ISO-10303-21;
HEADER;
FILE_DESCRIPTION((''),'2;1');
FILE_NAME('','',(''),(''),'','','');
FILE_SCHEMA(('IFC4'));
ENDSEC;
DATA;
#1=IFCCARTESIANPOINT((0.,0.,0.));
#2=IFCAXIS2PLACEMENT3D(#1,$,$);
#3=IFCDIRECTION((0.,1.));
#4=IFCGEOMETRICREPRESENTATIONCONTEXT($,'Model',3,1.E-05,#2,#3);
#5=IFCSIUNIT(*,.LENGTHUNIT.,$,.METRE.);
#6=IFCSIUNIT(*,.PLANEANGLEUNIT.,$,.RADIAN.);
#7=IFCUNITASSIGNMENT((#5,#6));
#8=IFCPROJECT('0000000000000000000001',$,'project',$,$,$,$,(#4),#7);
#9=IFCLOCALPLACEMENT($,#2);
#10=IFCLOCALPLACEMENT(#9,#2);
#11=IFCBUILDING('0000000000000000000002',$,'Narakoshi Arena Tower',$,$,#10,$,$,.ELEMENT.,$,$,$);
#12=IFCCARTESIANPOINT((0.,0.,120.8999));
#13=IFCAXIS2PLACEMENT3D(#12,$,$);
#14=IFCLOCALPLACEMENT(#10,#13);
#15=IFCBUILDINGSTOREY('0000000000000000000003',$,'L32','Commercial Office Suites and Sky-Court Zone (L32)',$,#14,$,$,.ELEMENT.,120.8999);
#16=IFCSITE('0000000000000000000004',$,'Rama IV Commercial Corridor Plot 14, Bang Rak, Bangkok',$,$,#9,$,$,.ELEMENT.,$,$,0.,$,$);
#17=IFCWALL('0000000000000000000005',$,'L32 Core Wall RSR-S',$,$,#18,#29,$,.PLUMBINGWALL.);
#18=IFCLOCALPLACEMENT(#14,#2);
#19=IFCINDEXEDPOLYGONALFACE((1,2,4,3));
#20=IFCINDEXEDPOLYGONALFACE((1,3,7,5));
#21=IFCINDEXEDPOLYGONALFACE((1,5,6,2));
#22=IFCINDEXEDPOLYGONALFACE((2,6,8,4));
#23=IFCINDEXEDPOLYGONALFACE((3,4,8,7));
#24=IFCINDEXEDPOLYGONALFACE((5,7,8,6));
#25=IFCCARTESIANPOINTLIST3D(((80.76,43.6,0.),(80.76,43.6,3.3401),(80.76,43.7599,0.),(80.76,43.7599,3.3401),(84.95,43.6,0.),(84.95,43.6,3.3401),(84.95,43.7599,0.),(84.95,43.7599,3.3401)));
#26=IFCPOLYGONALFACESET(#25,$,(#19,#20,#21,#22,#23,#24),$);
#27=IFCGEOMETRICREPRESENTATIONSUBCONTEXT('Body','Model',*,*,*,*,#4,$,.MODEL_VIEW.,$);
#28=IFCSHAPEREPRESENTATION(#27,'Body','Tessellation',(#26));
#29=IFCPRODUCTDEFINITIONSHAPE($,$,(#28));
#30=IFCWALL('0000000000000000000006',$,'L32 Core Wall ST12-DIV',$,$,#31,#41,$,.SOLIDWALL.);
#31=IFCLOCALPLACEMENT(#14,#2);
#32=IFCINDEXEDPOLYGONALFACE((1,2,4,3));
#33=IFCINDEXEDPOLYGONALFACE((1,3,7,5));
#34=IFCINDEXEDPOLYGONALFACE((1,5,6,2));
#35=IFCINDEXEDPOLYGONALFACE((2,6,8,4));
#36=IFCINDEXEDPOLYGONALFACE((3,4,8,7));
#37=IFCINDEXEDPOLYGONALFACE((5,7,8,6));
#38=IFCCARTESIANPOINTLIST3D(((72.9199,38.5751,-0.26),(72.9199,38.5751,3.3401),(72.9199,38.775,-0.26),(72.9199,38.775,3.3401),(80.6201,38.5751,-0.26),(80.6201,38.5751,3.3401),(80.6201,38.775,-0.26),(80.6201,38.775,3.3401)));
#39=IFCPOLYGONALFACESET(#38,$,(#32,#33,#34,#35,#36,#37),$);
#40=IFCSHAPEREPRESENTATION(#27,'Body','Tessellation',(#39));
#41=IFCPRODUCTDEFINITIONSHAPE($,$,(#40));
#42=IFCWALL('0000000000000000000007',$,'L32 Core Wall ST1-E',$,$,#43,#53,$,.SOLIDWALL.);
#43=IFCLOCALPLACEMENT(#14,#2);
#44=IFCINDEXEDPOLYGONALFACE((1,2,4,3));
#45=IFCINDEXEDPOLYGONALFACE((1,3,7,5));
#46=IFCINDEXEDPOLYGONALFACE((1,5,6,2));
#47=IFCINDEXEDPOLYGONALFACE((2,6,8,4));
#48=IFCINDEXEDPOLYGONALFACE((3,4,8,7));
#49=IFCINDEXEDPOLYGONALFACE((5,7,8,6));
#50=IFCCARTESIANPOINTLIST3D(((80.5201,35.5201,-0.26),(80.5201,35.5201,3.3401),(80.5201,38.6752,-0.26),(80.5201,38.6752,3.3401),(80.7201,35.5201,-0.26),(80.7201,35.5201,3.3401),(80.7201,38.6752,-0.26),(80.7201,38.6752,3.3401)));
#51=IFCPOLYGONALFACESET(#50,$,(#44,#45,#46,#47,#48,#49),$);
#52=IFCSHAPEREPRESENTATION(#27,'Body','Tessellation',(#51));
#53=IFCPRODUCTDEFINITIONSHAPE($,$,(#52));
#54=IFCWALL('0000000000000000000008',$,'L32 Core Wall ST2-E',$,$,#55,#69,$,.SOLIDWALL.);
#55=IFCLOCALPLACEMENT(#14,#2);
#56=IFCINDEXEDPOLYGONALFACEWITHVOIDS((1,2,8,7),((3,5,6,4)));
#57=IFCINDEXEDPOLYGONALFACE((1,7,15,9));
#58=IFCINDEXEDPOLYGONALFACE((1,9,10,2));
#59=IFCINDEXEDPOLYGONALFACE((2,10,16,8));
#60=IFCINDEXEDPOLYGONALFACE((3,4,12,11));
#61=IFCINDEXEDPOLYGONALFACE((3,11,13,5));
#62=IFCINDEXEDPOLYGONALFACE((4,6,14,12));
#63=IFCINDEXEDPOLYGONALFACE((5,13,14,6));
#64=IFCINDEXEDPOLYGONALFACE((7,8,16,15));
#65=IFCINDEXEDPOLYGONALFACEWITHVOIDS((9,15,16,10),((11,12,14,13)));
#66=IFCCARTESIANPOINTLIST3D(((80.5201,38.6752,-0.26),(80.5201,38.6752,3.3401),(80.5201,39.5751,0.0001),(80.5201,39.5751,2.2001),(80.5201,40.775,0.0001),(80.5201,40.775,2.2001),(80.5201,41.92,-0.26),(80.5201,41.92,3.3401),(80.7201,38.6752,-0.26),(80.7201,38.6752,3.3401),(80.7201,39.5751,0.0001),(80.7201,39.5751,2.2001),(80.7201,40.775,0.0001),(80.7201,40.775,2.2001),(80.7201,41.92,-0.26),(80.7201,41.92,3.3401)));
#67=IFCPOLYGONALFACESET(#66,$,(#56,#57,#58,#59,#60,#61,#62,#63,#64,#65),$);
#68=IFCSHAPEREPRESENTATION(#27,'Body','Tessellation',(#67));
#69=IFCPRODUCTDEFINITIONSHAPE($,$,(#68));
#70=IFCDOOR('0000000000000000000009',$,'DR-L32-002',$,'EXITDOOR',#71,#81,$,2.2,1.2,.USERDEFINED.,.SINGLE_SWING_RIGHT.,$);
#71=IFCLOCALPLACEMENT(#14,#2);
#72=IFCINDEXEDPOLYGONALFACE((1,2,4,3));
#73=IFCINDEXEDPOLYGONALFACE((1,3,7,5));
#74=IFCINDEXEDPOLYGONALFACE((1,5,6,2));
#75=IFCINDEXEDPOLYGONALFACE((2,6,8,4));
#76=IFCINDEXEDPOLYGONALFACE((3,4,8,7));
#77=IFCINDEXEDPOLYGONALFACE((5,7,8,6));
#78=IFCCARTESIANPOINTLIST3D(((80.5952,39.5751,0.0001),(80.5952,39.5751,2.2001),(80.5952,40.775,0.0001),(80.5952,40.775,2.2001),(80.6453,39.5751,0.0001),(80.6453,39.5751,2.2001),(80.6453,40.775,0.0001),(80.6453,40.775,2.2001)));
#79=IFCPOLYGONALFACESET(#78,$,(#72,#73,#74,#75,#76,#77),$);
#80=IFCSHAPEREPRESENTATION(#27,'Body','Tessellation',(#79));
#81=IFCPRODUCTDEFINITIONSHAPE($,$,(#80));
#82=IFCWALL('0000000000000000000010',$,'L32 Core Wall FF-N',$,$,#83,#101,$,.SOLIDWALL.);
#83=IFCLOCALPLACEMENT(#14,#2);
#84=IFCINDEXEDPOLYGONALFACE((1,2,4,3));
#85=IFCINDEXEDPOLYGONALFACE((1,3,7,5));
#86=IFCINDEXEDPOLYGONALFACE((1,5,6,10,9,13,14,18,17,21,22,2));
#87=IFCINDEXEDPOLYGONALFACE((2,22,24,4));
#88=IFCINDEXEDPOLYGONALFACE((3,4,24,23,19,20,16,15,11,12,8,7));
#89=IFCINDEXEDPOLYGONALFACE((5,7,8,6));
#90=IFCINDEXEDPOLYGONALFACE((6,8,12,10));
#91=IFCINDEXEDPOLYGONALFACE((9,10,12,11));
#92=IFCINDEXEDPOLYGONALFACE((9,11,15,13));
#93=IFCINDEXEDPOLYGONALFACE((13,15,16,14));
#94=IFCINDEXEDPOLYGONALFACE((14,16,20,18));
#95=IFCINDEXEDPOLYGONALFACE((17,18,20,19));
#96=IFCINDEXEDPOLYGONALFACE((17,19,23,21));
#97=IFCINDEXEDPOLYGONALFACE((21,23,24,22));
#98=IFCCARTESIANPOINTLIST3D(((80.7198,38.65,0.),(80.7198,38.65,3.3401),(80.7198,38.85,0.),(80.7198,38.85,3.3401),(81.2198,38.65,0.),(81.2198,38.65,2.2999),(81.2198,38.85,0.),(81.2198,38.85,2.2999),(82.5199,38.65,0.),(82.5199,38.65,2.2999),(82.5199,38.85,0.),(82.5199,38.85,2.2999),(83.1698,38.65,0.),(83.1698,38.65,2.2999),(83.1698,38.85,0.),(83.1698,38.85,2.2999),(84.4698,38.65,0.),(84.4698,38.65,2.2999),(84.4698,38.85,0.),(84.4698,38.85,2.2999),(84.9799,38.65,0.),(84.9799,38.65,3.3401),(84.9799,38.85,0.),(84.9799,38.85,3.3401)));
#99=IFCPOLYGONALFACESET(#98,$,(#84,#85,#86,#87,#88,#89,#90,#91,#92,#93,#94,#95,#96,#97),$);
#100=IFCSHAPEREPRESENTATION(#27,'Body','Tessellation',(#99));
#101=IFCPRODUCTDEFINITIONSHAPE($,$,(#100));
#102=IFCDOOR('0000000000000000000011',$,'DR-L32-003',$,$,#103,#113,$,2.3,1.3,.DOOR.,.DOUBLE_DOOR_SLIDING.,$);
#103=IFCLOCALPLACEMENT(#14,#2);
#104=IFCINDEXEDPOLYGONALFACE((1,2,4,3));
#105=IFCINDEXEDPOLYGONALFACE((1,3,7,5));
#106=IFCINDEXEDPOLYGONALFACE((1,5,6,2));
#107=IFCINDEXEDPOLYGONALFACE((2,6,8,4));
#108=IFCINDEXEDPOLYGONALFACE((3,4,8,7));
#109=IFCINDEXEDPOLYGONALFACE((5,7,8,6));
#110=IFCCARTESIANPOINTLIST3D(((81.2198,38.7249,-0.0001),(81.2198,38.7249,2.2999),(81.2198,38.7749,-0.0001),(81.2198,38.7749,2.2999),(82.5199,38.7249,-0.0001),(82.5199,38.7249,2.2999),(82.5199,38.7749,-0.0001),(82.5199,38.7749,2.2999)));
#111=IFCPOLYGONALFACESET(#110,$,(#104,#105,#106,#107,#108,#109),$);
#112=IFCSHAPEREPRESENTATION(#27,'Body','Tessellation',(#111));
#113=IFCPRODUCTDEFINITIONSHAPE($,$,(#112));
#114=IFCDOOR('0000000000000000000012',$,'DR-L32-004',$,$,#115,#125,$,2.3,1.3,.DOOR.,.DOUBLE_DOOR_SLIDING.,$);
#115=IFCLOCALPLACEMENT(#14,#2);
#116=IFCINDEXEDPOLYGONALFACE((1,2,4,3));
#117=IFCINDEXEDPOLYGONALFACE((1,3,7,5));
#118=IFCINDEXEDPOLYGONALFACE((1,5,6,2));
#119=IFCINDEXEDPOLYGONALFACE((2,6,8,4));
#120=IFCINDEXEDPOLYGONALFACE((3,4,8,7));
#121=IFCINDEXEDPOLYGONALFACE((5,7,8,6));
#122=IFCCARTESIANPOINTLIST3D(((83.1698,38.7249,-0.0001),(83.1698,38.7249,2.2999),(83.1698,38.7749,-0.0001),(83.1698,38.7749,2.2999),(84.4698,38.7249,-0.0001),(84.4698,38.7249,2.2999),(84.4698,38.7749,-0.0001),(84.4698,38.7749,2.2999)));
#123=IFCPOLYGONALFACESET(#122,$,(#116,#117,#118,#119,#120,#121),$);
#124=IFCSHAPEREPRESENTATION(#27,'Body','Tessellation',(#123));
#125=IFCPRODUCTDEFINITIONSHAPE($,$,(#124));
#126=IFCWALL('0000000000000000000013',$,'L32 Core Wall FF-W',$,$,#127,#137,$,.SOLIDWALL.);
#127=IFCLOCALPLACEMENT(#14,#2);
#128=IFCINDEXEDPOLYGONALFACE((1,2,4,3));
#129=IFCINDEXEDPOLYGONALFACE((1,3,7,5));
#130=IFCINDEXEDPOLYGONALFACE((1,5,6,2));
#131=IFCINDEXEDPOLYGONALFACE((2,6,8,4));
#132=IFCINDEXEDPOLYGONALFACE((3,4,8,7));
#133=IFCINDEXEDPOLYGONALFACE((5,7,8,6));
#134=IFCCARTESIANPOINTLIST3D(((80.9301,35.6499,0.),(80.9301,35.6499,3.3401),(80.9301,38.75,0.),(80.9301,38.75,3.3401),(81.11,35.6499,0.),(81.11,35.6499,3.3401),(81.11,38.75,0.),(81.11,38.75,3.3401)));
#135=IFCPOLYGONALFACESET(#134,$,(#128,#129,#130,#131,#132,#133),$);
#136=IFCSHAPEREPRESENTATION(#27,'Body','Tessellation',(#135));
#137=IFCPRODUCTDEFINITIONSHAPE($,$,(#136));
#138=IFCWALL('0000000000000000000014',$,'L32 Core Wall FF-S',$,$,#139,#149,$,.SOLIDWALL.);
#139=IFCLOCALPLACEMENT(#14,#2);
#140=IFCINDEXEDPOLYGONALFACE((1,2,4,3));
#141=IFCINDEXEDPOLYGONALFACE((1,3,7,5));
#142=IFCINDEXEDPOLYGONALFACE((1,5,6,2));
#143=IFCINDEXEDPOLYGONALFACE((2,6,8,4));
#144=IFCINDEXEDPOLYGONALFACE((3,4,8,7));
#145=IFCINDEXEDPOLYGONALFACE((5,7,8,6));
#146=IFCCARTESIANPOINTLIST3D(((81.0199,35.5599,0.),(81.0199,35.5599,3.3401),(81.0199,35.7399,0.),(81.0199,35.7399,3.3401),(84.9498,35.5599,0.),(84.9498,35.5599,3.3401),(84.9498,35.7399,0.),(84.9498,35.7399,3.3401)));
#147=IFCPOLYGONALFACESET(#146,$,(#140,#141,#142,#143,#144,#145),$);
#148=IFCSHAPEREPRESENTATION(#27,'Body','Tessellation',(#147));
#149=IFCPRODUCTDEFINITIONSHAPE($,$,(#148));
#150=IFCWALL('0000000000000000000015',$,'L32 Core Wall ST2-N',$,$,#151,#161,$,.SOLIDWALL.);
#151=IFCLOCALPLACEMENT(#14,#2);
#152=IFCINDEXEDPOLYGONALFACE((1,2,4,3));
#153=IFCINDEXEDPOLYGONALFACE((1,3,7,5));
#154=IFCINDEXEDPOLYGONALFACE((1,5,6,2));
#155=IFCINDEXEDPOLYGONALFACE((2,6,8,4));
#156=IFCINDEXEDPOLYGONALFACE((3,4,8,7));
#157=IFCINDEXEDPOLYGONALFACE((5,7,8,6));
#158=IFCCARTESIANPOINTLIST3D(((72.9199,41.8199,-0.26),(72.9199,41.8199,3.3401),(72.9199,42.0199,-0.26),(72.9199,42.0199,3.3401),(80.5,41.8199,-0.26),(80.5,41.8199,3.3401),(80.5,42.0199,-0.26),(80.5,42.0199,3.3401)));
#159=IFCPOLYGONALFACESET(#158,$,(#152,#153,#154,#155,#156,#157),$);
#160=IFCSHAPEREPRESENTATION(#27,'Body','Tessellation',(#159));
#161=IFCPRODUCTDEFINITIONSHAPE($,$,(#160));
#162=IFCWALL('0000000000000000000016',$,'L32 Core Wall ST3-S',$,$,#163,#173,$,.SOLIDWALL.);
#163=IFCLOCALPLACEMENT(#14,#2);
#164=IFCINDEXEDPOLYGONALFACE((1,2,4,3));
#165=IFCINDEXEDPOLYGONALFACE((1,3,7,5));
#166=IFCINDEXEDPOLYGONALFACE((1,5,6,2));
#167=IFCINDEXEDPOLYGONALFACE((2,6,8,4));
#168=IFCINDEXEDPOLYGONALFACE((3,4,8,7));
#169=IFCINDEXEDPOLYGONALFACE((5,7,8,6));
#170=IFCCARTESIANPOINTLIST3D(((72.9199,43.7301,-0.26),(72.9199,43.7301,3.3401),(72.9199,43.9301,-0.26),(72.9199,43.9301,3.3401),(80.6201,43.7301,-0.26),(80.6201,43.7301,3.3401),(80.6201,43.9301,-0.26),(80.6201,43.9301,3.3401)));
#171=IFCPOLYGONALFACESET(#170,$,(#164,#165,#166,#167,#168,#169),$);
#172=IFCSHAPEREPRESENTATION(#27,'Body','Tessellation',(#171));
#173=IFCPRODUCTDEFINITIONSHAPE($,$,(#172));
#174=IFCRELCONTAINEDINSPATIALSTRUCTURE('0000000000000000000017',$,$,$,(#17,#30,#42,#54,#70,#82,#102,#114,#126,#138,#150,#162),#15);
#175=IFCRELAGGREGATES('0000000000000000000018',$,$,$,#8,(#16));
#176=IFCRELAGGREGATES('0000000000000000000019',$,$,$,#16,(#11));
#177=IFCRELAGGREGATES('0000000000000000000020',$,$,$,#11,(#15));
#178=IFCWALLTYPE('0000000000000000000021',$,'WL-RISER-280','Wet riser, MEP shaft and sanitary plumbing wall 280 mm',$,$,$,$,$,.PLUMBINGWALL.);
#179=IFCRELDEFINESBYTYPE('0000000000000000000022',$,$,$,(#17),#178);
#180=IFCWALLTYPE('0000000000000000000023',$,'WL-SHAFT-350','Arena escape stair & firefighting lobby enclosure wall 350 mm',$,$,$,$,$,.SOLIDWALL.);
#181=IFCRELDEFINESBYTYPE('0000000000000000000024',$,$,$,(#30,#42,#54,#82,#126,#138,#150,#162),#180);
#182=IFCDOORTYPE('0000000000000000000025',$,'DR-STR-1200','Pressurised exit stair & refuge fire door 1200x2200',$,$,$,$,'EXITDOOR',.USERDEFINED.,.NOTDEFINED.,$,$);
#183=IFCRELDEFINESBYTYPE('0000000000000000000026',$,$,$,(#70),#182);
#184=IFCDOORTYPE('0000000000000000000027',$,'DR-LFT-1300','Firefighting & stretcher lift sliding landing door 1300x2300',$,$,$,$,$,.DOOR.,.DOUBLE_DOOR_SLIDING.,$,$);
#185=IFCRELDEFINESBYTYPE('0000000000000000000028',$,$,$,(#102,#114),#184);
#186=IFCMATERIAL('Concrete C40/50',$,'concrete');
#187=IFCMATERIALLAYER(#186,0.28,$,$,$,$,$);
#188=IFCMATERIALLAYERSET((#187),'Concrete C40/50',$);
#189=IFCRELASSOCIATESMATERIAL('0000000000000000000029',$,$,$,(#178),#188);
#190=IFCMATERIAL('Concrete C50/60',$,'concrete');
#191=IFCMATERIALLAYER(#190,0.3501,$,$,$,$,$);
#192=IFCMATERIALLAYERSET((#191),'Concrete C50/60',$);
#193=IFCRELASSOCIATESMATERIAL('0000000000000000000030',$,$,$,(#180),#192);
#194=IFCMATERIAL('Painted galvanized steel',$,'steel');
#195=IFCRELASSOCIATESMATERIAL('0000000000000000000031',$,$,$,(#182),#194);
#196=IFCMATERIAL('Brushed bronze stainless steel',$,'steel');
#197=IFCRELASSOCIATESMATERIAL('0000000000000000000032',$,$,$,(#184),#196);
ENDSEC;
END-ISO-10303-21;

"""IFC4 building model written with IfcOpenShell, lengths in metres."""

from ifc_helpers import new_model, si_unit, direction, frame, frame_2d, origin, place, context, subcontext, project, spatial, rectangle, extrude, material, layer, layer_set, type_object, element, fill, save


model = new_model("IFC4")

# Units and contexts
model_context = context("Model", 3, precision=1e-05, world=origin(), true_north=direction((0.0, 1.0)))
body_context = subcontext(model_context, "Body", "Model", "MODEL_VIEW")
ifc_project = project(units=[si_unit("LENGTHUNIT", "METRE"), si_unit("PLANEANGLEUNIT", "RADIAN")], contexts=[model_context])

# Site, building, storey
site_placement = place(None, origin())
site = spatial("IfcSite", under=ifc_project, at=site_placement, Name="Rama IV Commercial Corridor Plot 14, Bang Rak, Bangkok", CompositionType="ELEMENT", RefElevation=0.0)
building_placement = place(site_placement, origin())
building = spatial("IfcBuilding", under=site, at=building_placement, Name="Narakoshi Arena Tower", CompositionType="ELEMENT")
storey_placement = place(building_placement, frame((0.0, 0.0, 120.8999)))
storey = spatial("IfcBuildingStorey", under=building, at=storey_placement, Name="L32", Description="Commercial Office Suites and Sky-Court Zone (L32)", CompositionType="ELEMENT", Elevation=120.8999)

# Walls
ifc_material_1 = material(Name="Concrete C40/50", Category="concrete")
ifc_layer_1 = layer(ifc_material_1, 0.28)
ifc_layer_set_1 = layer_set([ifc_layer_1], Name="Concrete C40/50")
wall_type_1 = type_object("IfcWallType", Name="WL-RISER-280", Description="Wet riser, MEP shaft and sanitary plumbing wall 280 mm", PredefinedType="PLUMBINGWALL", material=ifc_layer_set_1)
wall_1_placement = place(storey_placement, frame((80.76, 43.6799, 0.0), z_axis=(0.0, 0.0, 1.0), x_axis=(1.0, 0.0, 0.0)))
element("IfcWall", 1, at=wall_1_placement, inside=storey, type_object=wall_type_1, Name="L32 Core Wall RSR-S", PredefinedType="PLUMBINGWALL", context=body_context, shape_type="SweptSolid", body=[
    extrude(rectangle(XDim=4.1899, YDim=0.1599, at=frame_2d((2.095, 0.0))), origin(), (0.0, 0.0, 1.0), 3.3401),
])
ifc_material_2 = material(Name="Concrete C50/60", Category="concrete")
ifc_layer_2 = layer(ifc_material_2, 0.3501)
ifc_layer_set_2 = layer_set([ifc_layer_2], Name="Concrete C50/60")
wall_type_2 = type_object("IfcWallType", Name="WL-SHAFT-350", Description="Arena escape stair & firefighting lobby enclosure wall 350 mm", PredefinedType="SOLIDWALL", material=ifc_layer_set_2)
wall_2_placement = place(storey_placement, frame((72.9199, 38.675, -0.26), z_axis=(0.0, 0.0, 1.0), x_axis=(1.0, 0.0, 0.0)))
element("IfcWall", 2, at=wall_2_placement, inside=storey, type_object=wall_type_2, Name="L32 Core Wall ST12-DIV", PredefinedType="SOLIDWALL", context=body_context, shape_type="SweptSolid", body=[
    extrude(rectangle(XDim=7.7002, YDim=0.2, at=frame_2d((3.8501, 0.0))), origin(), (0.0, 0.0, 1.0), 3.6001),
])
wall_3_placement = place(storey_placement, frame((80.6201, 35.52, -0.26), z_axis=(0.0, 0.0, 1.0), x_axis=(0.0, 1.0, 0.0)))
element("IfcWall", 3, at=wall_3_placement, inside=storey, type_object=wall_type_2, Name="L32 Core Wall ST1-E", PredefinedType="SOLIDWALL", context=body_context, shape_type="SweptSolid", body=[
    extrude(rectangle(XDim=3.155, YDim=0.2, at=frame_2d((1.5776, 0.0))), origin(), (0.0, 0.0, 1.0), 3.6001),
])

# Wall, opening, door
wall_4_placement = place(storey_placement, frame((80.6201, 38.675, -0.26), z_axis=(0.0, 0.0, 1.0), x_axis=(0.0, 1.0, 0.0)))
wall_4 = element("IfcWall", 4, at=wall_4_placement, inside=storey, type_object=wall_type_2, Name="L32 Core Wall ST2-E", PredefinedType="SOLIDWALL", context=body_context, shape_type="SweptSolid", body=[
    extrude(rectangle(XDim=3.2449, YDim=0.2, at=frame_2d((1.6226, 0.0))), origin(), (0.0, 0.0, 1.0), 3.6001),
])
opening_1_placement = place(wall_4_placement, frame((0.8999, 0.0, 0.26)))
opening_1 = element("IfcOpeningElement", 5, at=opening_1_placement, cuts=wall_4, PredefinedType="OPENING", context=body_context, shape_type="SweptSolid", body=[
    extrude(rectangle(XDim=1.2, YDim=2.2, at=frame_2d((0.6001, 1.1001))), frame((0.0, 0.1099, 0.0), z_axis=(0.0, -1.0, 0.0), x_axis=(1.0, 0.0, 0.0)), (0.0, 0.0, 1.0), 0.22),
])
ifc_material_3 = material(Name="Painted galvanized steel", Category="steel")
door_type_1 = type_object("IfcDoorType", Name="DR-STR-1200", Description="Pressurised exit stair & refuge fire door 1200x2200", ElementType="EXITDOOR", OperationType="NOTDEFINED", PredefinedType="USERDEFINED", material=ifc_material_3)
door_1_placement = place(opening_1_placement, origin())
door_1 = element("IfcDoor", 6, at=door_1_placement, inside=storey, type_object=door_type_1, Name="DR-L32-002", ObjectType="EXITDOOR", OperationType="SINGLE_SWING_RIGHT", OverallHeight=2.2, OverallWidth=1.2, PredefinedType="USERDEFINED", context=body_context, shape_type="SweptSolid", body=[
    extrude(rectangle(XDim=1.2, YDim=2.2, at=frame_2d((0.6001, 1.1001))), frame((0.0, 0.0249, 0.0), z_axis=(0.0, -1.0, 0.0), x_axis=(1.0, 0.0, 0.0)), (0.0, 0.0, 1.0), 0.05),
])
fill(opening_1, door_1)

# Wall, openings, doors
wall_5_placement = place(storey_placement, frame((80.72, 38.75, 0.0), z_axis=(0.0, 0.0, 1.0), x_axis=(1.0, 0.0, 0.0)))
wall_5 = element("IfcWall", 7, at=wall_5_placement, inside=storey, type_object=wall_type_2, Name="L32 Core Wall FF-N", PredefinedType="SOLIDWALL", context=body_context, shape_type="SweptSolid", body=[
    extrude(rectangle(XDim=4.26, YDim=0.2, at=frame_2d((2.1299, 0.0))), origin(), (0.0, 0.0, 1.0), 3.3401),
])
opening_2_placement = place(wall_5_placement, frame((0.5, 0.0, 0.0)))
opening_2 = element("IfcOpeningElement", 8, at=opening_2_placement, cuts=wall_5, PredefinedType="OPENING", context=body_context, shape_type="SweptSolid", body=[
    extrude(rectangle(XDim=1.3, YDim=2.3, at=frame_2d((0.6499, 1.1499))), frame((0.0, 0.1099, 0.0), z_axis=(0.0, -1.0, 0.0), x_axis=(1.0, 0.0, 0.0)), (0.0, 0.0, 1.0), 0.22),
])
opening_3_placement = place(wall_5_placement, frame((2.45, 0.0, 0.0)))
opening_3 = element("IfcOpeningElement", 9, at=opening_3_placement, cuts=wall_5, PredefinedType="OPENING", context=body_context, shape_type="SweptSolid", body=[
    extrude(rectangle(XDim=1.3, YDim=2.3, at=frame_2d((0.6499, 1.1499))), frame((0.0, 0.1099, 0.0), z_axis=(0.0, -1.0, 0.0), x_axis=(1.0, 0.0, 0.0)), (0.0, 0.0, 1.0), 0.22),
])
ifc_material_4 = material(Name="Brushed bronze stainless steel", Category="steel")
door_type_2 = type_object("IfcDoorType", Name="DR-LFT-1300", Description="Firefighting & stretcher lift sliding landing door 1300x2300", OperationType="DOUBLE_DOOR_SLIDING", PredefinedType="DOOR", material=ifc_material_4)
door_2_placement = place(opening_2_placement, origin())
door_2 = element("IfcDoor", 10, at=door_2_placement, inside=storey, type_object=door_type_2, Name="DR-L32-003", OperationType="DOUBLE_DOOR_SLIDING", OverallHeight=2.3, OverallWidth=1.3, PredefinedType="DOOR", context=body_context, shape_type="SweptSolid", body=[
    extrude(rectangle(XDim=1.3, YDim=2.3, at=frame_2d((0.6499, 1.1499))), frame((0.0, 0.0249, 0.0), z_axis=(0.0, -1.0, 0.0), x_axis=(1.0, 0.0, 0.0)), (0.0, 0.0, 1.0), 0.05),
])
fill(opening_2, door_2)
door_3_placement = place(opening_3_placement, origin())
door_3 = element("IfcDoor", 11, at=door_3_placement, inside=storey, type_object=door_type_2, Name="DR-L32-004", OperationType="DOUBLE_DOOR_SLIDING", OverallHeight=2.3, OverallWidth=1.3, PredefinedType="DOOR", context=body_context, shape_type="SweptSolid", body=[
    extrude(rectangle(XDim=1.3, YDim=2.3, at=frame_2d((0.6499, 1.1499))), frame((0.0, 0.0249, 0.0), z_axis=(0.0, -1.0, 0.0), x_axis=(1.0, 0.0, 0.0)), (0.0, 0.0, 1.0), 0.05),
])
fill(opening_3, door_3)

# Walls
wall_6_placement = place(storey_placement, frame((81.02, 35.6499, 0.0), z_axis=(0.0, 0.0, 1.0), x_axis=(0.0, 1.0, 0.0)))
element("IfcWall", 12, at=wall_6_placement, inside=storey, type_object=wall_type_2, Name="L32 Core Wall FF-W", PredefinedType="SOLIDWALL", context=body_context, shape_type="SweptSolid", body=[
    extrude(rectangle(XDim=3.1001, YDim=0.1799, at=frame_2d((1.55, 0.0))), origin(), (0.0, 0.0, 1.0), 3.3401),
])
wall_7_placement = place(storey_placement, frame((81.02, 35.6499, 0.0), z_axis=(0.0, 0.0, 1.0), x_axis=(1.0, 0.0, 0.0)))
element("IfcWall", 13, at=wall_7_placement, inside=storey, type_object=wall_type_2, Name="L32 Core Wall FF-S", PredefinedType="SOLIDWALL", context=body_context, shape_type="SweptSolid", body=[
    extrude(rectangle(XDim=3.9299, YDim=0.1799, at=frame_2d((1.9648, 0.0))), origin(), (0.0, 0.0, 1.0), 3.3401),
])
wall_8_placement = place(storey_placement, frame((72.9199, 41.9199, -0.26), z_axis=(0.0, 0.0, 1.0), x_axis=(1.0, 0.0, 0.0)))
element("IfcWall", 14, at=wall_8_placement, inside=storey, type_object=wall_type_2, Name="L32 Core Wall ST2-N", PredefinedType="SOLIDWALL", context=body_context, shape_type="SweptSolid", body=[
    extrude(rectangle(XDim=7.5801, YDim=0.2, at=frame_2d((3.79, 0.0))), origin(), (0.0, 0.0, 1.0), 3.6001),
])
wall_9_placement = place(storey_placement, frame((72.9199, 43.8301, -0.26), z_axis=(0.0, 0.0, 1.0), x_axis=(1.0, 0.0, 0.0)))
element("IfcWall", 15, at=wall_9_placement, inside=storey, type_object=wall_type_2, Name="L32 Core Wall ST3-S", PredefinedType="SOLIDWALL", context=body_context, shape_type="SweptSolid", body=[
    extrude(rectangle(XDim=7.7002, YDim=0.2, at=frame_2d((3.8501, 0.0))), origin(), (0.0, 0.0, 1.0), 3.6001),
])

save(model, "model.ifc")
